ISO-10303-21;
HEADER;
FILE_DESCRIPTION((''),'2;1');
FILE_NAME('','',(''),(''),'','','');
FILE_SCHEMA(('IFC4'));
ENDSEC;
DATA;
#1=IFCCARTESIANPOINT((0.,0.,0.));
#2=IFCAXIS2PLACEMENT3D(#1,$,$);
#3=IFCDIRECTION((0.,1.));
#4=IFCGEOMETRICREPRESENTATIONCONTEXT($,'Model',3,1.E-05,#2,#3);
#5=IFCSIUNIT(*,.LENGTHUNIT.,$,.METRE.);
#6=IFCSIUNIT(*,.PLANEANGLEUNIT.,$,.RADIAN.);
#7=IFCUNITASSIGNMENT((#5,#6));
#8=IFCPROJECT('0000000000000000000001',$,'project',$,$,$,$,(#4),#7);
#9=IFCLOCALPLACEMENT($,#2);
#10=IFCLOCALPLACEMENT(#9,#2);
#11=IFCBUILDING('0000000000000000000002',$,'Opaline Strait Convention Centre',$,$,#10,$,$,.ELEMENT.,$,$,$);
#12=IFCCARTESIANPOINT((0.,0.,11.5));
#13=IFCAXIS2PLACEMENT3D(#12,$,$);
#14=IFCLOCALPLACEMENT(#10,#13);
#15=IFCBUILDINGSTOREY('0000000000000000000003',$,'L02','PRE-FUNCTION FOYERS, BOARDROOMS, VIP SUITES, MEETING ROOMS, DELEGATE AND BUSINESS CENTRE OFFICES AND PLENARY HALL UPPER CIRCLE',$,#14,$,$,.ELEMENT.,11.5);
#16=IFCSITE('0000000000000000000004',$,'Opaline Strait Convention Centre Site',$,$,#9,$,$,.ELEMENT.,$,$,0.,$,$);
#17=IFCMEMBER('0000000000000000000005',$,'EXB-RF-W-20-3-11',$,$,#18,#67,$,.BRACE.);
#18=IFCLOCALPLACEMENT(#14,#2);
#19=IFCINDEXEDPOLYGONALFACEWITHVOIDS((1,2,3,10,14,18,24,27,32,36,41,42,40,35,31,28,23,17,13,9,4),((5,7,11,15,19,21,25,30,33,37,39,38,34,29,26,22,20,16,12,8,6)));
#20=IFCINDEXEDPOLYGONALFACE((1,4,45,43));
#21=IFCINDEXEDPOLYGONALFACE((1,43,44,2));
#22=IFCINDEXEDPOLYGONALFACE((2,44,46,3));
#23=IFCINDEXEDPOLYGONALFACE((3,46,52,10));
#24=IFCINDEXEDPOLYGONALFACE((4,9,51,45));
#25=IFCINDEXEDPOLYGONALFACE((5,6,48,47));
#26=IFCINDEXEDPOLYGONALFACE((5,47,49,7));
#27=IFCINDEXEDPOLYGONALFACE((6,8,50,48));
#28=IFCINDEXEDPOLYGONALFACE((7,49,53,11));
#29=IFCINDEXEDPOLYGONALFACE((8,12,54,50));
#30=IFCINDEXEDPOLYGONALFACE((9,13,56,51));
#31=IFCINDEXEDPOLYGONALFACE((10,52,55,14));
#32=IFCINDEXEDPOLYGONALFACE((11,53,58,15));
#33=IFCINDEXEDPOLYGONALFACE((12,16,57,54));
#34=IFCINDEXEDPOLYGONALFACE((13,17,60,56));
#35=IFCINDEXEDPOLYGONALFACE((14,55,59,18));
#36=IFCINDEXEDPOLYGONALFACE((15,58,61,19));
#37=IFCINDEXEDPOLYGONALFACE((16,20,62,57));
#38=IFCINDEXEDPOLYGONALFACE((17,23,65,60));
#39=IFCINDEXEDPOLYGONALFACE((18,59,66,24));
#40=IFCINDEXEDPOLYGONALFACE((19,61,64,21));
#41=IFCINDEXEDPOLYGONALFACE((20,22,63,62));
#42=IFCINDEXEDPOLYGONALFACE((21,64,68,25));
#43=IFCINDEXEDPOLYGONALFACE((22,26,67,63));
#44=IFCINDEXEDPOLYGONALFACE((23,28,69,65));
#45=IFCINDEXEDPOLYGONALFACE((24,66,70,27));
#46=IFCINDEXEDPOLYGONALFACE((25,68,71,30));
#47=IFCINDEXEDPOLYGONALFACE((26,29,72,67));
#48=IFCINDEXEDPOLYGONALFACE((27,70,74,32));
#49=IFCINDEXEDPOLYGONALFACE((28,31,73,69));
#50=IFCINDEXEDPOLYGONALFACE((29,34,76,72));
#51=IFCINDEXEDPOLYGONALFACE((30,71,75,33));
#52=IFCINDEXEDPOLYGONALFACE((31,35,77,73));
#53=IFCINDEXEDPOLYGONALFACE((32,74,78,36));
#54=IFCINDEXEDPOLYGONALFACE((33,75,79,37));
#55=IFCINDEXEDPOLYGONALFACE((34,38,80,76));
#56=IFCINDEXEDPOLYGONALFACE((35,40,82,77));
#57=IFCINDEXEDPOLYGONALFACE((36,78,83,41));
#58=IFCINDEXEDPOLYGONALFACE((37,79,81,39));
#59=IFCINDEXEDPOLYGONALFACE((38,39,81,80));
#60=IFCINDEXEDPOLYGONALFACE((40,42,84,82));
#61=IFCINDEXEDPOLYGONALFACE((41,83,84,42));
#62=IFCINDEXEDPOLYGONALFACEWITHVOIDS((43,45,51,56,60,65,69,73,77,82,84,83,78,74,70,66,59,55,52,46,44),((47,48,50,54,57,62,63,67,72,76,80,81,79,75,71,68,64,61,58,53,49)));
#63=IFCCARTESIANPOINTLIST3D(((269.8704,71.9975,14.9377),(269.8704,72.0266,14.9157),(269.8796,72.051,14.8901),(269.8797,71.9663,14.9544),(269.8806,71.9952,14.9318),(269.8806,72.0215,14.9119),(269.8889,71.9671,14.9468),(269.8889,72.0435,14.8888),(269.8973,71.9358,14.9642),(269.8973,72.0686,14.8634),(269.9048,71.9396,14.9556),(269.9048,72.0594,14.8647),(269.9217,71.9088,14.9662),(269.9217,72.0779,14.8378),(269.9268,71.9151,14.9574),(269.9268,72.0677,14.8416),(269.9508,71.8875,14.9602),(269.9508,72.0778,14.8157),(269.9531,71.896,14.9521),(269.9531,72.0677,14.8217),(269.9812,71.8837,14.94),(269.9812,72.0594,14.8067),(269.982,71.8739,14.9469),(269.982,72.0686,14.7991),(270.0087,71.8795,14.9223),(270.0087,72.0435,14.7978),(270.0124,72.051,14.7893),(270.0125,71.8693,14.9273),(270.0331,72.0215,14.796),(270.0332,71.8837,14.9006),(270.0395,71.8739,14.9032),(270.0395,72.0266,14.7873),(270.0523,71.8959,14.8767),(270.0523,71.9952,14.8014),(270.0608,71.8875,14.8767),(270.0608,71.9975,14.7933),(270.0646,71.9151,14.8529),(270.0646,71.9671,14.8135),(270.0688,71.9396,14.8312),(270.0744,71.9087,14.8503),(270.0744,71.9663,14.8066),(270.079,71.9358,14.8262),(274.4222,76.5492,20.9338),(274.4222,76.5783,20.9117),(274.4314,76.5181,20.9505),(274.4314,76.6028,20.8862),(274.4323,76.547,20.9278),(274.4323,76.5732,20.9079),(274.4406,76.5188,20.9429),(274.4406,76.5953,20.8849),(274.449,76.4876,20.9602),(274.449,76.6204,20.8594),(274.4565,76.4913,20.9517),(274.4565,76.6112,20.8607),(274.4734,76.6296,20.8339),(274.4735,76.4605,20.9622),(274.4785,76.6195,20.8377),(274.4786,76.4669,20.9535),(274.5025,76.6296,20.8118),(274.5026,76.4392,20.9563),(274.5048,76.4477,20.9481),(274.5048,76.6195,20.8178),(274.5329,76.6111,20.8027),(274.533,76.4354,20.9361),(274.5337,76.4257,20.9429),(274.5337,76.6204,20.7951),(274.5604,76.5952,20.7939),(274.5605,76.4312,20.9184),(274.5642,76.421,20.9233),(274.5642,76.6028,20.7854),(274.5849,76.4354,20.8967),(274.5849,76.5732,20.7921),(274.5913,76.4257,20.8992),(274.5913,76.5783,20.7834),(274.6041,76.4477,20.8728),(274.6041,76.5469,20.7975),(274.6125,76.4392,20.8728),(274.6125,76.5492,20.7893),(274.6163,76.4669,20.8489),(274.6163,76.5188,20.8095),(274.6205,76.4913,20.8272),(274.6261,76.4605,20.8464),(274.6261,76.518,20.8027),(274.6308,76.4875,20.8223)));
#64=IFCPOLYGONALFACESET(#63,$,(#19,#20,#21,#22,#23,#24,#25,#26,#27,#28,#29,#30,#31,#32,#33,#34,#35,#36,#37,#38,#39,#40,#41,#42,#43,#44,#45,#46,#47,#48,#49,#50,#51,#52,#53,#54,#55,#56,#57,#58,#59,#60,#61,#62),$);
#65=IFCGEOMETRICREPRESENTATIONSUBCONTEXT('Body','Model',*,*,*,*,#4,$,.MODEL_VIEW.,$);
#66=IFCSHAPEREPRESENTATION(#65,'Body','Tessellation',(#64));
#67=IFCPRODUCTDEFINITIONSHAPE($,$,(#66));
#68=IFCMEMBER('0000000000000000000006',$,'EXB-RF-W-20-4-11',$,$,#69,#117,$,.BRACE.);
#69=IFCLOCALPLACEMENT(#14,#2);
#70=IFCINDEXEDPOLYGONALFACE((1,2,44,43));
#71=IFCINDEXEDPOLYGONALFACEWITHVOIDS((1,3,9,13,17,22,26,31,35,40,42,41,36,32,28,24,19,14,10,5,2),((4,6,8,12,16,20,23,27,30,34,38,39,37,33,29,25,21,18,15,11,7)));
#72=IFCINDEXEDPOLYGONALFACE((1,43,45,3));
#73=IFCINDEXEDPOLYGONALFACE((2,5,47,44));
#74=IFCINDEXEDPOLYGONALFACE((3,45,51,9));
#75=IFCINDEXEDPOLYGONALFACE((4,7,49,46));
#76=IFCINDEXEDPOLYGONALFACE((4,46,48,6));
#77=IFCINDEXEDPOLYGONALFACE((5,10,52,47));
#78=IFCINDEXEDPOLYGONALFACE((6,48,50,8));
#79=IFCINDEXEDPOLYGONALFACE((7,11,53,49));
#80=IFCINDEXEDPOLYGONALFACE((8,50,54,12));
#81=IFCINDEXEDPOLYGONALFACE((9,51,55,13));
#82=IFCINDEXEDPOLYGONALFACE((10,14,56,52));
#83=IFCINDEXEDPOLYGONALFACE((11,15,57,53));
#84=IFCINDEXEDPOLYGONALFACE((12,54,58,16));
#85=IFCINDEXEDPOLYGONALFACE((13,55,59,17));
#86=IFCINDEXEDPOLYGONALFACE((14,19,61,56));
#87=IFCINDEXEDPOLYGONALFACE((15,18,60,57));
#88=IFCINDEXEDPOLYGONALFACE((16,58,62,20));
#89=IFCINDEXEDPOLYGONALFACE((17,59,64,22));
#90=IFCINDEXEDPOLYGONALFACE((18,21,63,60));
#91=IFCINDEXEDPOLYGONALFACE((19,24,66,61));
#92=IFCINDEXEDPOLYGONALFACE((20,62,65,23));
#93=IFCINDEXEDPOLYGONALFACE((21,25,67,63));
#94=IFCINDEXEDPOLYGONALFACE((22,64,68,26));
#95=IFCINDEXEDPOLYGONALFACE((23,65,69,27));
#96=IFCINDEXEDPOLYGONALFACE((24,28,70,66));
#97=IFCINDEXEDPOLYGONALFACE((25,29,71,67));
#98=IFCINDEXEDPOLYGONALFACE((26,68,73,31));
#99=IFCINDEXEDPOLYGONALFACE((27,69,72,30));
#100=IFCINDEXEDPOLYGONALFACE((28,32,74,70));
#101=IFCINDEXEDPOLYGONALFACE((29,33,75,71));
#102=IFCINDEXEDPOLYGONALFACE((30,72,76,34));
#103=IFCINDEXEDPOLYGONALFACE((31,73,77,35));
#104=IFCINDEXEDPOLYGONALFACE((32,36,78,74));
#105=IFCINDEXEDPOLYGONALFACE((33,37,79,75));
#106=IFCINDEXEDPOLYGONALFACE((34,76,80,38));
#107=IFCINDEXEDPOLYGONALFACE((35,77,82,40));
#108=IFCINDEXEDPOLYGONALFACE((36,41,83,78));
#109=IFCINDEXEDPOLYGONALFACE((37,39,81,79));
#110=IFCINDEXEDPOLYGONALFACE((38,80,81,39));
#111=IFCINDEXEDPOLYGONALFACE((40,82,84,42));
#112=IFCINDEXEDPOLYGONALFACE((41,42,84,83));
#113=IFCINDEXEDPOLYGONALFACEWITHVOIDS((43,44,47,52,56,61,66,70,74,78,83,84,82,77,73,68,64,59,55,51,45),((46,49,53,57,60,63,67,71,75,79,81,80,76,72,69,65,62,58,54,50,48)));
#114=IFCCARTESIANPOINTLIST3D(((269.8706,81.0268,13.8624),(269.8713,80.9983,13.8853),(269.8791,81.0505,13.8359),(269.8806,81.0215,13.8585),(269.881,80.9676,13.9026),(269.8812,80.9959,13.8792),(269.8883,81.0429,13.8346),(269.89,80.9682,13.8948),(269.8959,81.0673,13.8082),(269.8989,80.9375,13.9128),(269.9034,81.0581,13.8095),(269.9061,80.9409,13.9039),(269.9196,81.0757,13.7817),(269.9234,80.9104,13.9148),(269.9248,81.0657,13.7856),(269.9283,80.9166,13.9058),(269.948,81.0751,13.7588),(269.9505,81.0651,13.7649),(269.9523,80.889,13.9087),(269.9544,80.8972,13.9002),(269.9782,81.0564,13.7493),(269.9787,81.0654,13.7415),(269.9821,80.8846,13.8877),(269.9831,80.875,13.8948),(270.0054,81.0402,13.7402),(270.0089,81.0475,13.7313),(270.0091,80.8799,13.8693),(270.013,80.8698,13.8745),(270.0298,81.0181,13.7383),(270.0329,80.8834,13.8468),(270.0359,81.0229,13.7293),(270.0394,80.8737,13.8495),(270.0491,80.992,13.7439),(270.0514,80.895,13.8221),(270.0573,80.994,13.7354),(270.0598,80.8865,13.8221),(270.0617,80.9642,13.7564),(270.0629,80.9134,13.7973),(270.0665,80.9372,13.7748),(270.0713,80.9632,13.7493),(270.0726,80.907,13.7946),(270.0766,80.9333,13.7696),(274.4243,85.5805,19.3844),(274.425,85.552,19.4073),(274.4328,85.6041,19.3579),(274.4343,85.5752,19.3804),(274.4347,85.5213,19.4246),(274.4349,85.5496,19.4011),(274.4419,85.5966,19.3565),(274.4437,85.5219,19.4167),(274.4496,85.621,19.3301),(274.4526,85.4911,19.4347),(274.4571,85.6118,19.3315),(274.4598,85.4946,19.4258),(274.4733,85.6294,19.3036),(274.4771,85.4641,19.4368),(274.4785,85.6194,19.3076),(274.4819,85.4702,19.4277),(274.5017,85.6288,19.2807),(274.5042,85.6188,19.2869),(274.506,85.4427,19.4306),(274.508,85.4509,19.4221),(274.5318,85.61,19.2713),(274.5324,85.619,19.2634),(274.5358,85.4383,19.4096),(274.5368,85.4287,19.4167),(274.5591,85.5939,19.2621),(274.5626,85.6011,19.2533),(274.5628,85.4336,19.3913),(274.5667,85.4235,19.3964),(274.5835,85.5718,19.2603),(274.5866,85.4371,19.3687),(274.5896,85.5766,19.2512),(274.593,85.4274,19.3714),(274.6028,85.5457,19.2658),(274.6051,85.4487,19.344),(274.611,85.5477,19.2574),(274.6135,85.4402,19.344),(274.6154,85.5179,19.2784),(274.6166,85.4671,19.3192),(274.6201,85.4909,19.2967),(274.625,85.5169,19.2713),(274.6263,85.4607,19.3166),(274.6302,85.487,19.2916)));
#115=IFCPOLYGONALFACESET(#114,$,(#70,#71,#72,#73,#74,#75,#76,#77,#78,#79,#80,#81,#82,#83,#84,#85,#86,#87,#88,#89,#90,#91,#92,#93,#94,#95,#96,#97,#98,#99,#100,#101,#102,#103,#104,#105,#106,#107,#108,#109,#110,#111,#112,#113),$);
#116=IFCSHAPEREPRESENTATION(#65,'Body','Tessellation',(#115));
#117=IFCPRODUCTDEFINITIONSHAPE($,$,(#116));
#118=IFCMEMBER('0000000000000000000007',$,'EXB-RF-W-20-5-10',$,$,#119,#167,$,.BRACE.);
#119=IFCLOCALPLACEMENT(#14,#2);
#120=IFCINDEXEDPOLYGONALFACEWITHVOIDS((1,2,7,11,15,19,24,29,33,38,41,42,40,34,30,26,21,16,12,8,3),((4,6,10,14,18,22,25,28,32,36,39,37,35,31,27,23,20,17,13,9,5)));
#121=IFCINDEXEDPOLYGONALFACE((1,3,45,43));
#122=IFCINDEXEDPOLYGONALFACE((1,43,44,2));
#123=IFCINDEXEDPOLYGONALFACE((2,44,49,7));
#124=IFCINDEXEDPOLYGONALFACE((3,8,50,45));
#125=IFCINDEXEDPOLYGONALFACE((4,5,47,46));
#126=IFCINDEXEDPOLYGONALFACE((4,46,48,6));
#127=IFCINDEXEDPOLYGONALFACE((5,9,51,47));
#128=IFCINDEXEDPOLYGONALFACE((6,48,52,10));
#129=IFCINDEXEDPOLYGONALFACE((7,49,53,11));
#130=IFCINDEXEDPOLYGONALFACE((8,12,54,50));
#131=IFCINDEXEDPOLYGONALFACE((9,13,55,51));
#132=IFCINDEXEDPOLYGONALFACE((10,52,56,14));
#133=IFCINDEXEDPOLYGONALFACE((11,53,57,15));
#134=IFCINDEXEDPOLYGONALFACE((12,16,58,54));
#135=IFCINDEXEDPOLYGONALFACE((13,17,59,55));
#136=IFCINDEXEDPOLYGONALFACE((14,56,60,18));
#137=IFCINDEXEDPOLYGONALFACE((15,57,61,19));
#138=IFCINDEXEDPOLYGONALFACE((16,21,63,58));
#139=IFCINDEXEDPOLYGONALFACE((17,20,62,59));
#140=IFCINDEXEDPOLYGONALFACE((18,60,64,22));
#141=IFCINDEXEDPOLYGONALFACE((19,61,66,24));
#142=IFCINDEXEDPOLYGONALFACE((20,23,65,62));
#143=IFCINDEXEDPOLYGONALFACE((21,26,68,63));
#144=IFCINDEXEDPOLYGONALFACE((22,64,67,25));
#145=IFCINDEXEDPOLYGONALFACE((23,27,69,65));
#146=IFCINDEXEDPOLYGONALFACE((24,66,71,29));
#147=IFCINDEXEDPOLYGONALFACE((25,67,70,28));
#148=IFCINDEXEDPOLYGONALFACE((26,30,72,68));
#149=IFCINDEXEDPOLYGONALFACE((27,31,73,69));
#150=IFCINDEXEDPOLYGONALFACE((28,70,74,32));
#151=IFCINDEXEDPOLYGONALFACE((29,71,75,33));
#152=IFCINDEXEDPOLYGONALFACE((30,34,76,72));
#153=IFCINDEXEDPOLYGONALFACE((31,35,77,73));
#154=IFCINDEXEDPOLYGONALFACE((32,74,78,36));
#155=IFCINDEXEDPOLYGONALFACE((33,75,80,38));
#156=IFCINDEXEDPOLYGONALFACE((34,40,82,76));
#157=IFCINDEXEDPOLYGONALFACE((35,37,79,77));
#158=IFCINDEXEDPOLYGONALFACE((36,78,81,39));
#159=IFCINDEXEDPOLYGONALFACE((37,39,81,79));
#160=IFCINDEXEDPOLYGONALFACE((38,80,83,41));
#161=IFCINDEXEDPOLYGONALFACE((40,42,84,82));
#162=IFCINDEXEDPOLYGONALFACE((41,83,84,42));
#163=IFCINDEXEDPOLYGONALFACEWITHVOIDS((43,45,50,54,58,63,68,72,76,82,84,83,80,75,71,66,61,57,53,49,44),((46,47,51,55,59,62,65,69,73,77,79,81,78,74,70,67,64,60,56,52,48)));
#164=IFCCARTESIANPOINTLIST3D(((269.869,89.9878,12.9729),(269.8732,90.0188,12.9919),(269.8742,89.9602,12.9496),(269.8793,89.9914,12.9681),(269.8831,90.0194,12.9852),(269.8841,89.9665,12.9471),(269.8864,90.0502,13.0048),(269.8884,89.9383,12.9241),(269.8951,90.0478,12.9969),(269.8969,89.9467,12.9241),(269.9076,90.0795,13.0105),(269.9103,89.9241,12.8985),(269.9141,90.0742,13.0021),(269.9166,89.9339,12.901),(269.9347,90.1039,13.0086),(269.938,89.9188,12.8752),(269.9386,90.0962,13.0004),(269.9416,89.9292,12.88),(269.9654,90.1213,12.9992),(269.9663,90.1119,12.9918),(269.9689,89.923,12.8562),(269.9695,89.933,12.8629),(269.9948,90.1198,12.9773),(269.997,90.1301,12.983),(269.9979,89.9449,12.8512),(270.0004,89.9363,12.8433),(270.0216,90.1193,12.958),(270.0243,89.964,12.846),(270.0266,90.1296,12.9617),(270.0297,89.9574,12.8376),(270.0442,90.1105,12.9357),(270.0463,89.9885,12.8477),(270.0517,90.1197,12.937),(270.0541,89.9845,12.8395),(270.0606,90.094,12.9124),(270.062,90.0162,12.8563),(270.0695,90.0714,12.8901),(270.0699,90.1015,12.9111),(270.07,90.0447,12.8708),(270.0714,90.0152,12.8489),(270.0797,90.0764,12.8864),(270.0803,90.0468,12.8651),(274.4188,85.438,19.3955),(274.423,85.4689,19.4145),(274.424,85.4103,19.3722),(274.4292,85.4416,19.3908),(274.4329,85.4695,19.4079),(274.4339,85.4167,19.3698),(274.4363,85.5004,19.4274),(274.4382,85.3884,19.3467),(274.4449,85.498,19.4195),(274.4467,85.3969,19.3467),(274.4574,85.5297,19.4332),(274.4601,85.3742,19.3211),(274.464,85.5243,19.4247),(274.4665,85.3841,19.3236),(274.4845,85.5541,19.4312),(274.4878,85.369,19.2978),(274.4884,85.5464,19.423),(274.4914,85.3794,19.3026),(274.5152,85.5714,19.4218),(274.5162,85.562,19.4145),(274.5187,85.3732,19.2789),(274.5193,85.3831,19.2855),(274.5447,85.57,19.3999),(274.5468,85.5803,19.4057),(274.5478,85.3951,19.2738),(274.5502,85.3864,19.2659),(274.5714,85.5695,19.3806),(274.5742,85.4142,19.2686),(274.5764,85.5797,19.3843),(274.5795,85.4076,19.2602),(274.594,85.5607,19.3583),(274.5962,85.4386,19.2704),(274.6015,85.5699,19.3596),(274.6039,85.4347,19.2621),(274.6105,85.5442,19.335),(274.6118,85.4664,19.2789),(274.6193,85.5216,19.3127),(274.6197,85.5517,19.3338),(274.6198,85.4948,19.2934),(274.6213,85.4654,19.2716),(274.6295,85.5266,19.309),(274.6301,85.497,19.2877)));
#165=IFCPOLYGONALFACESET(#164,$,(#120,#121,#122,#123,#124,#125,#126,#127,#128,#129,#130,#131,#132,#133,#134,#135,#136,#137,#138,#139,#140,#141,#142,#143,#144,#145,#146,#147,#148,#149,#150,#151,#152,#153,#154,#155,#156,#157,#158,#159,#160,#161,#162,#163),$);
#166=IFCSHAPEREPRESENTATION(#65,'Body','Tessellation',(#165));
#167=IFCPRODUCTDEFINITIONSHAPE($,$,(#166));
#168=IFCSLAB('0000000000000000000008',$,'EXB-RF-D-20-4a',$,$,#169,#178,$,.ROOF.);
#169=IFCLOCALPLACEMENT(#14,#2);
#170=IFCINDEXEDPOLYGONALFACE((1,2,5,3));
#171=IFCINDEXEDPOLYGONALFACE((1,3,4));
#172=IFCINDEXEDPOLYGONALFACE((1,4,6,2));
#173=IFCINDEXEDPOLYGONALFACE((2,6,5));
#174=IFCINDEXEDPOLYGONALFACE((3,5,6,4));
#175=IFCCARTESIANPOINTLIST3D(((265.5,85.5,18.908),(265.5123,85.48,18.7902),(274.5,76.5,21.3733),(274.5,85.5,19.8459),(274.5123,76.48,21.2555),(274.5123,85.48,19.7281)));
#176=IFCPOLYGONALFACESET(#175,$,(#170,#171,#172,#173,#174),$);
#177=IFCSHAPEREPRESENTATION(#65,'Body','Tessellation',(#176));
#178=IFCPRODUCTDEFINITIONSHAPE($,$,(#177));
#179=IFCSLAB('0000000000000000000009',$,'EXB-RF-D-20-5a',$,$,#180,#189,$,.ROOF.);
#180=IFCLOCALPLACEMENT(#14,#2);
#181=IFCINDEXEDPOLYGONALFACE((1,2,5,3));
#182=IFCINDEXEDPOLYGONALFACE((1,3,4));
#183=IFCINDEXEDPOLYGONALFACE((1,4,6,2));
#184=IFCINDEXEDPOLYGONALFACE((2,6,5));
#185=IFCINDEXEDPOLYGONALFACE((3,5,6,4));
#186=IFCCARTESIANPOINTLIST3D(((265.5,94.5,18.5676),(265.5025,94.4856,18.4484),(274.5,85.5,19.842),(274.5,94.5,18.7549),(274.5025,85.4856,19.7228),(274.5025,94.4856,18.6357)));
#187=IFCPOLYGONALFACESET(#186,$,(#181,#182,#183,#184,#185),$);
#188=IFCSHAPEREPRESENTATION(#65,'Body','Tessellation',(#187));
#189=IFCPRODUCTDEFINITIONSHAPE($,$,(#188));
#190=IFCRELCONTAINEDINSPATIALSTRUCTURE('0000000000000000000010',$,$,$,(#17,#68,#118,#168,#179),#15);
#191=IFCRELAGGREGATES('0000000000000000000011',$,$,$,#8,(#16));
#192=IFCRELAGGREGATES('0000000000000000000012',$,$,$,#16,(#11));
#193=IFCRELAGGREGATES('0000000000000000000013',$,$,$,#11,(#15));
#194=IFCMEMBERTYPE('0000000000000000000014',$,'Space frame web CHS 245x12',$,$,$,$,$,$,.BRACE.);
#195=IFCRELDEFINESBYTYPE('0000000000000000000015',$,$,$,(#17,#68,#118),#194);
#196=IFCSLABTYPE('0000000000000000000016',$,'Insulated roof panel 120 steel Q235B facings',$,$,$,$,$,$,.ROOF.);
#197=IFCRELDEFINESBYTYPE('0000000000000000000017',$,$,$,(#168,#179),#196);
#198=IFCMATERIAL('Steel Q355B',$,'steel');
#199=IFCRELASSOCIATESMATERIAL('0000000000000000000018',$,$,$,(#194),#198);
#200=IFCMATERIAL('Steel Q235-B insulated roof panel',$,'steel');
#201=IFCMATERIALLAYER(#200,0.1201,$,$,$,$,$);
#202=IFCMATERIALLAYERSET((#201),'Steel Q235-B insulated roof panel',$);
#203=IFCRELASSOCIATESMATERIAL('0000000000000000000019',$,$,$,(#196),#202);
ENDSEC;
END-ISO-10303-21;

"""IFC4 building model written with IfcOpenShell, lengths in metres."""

from ifc_helpers import new_model, si_unit, direction, frame, origin, origin_2d, place, context, subcontext, project, spatial, polyline, hollow_circle, outline, extrude, material, layer, layer_set, material_profile, profile_set, type_object, element, save


model = new_model("IFC4")

# Units and contexts
model_context = context("Model", 3, precision=1e-05, world=origin(), true_north=direction((0.0, 1.0)))
body_context = subcontext(model_context, "Body", "Model", "MODEL_VIEW")
ifc_project = project(units=[si_unit("LENGTHUNIT", "METRE"), si_unit("PLANEANGLEUNIT", "RADIAN")], contexts=[model_context])

# Site, building, storey
site_placement = place(None, origin())
site = spatial("IfcSite", under=ifc_project, at=site_placement, Name="Opaline Strait Convention Centre Site", CompositionType="ELEMENT", RefElevation=0.0)
building_placement = place(site_placement, origin())
building = spatial("IfcBuilding", under=site, at=building_placement, Name="Opaline Strait Convention Centre", CompositionType="ELEMENT")
storey_placement = place(building_placement, frame((0.0, 0.0, 11.5)))
storey = spatial("IfcBuildingStorey", under=building, at=storey_placement, Name="L02", Description="PRE-FUNCTION FOYERS, BOARDROOMS, VIP SUITES, MEETING ROOMS, DELEGATE AND BUSINESS CENTRE OFFICES AND PLENARY HALL UPPER CIRCLE", CompositionType="ELEMENT", Elevation=11.5)

# Members
ifc_material_1 = material(Name="Steel Q355B", Category="steel")
ifc_material_profile_1 = material_profile(ifc_material_1, hollow_circle(Radius=0.1226, WallThickness=0.012, at=origin_2d()), Name="CHS 245x12")
ifc_profile_set_1 = profile_set([ifc_material_profile_1], Name="Steel Q355B")
member_type_1 = type_object("IfcMemberType", Name="Space frame web CHS 245x12", PredefinedType="BRACE", material=ifc_profile_set_1)
member_1_placement = place(storey_placement, frame((274.5259, 76.5259, 20.8728), z_axis=(-0.517412, -0.517412, -0.681594), x_axis=(0.707107, -0.707107, 0.0)))
element("IfcMember", 1, at=member_1_placement, inside=storey, type_object=member_type_1, Name="EXB-RF-W-20-3-11", PredefinedType="BRACE", context=body_context, shape_type="SweptSolid", body=[
    extrude(hollow_circle(Radius=0.1226, WallThickness=0.012, at=origin_2d()), origin(), (0.0, 0.0, 1.0), 8.7971),
])
member_2_placement = place(storey_placement, frame((274.5269, 85.5269, 19.344), z_axis=(-0.536791, -0.536791, -0.65093), x_axis=(0.707107, -0.707107, 0.0)))
element("IfcMember", 2, at=member_2_placement, inside=storey, type_object=member_type_1, Name="EXB-RF-W-20-4-11", PredefinedType="BRACE", context=body_context, shape_type="SweptSolid", body=[
    extrude(hollow_circle(Radius=0.1226, WallThickness=0.012, at=origin_2d()), origin(), (0.0, 0.0, 1.0), 8.4832),
])
member_3_placement = place(storey_placement, frame((274.5249, 85.4751, 19.3467), z_axis=(-0.500458, 0.500458, -0.706458), x_axis=(-0.707107, -0.707107, 0.0)))
element("IfcMember", 3, at=member_3_placement, inside=storey, type_object=member_type_1, Name="EXB-RF-W-20-5-10", PredefinedType="BRACE", context=body_context, shape_type="SweptSolid", body=[
    extrude(hollow_circle(Radius=0.1226, WallThickness=0.012, at=origin_2d()), origin(), (0.0, 0.0, 1.0), 9.0913),
])

# Slabs
ifc_material_2 = material(Name="Steel Q235-B insulated roof panel", Category="steel")
ifc_layer_1 = layer(ifc_material_2, 0.1201)
ifc_layer_set_1 = layer_set([ifc_layer_1], Name="Steel Q235-B insulated roof panel")
slab_type = type_object("IfcSlabType", Name="Insulated roof panel 120 steel Q235B facings", PredefinedType="ROOF", material=ifc_layer_set_1)
slab_1_placement = place(storey_placement, frame((274.5, 76.5, 21.3733), z_axis=(-0.102214, 0.166436, 0.98074), x_axis=(0.0, 0.985904, -0.167313)))
element("IfcSlab", 4, at=slab_1_placement, inside=storey, type_object=slab_type, Name="EXB-RF-D-20-4a", PredefinedType="ROOF", context=body_context, shape_type="SweptSolid", body=[
    extrude(outline(polyline([(0.0, 0.0), (9.1287, 0.0), (9.2856, 9.0474), (0.0, 0.0)])), origin(), (0.0, 0.0, -1.0), 0.1201),
])
slab_2_placement = place(storey_placement, frame((274.5, 85.5, 19.842), z_axis=(-0.020652, 0.119898, 0.992571), x_axis=(0.0, 0.992783, -0.119924)))
element("IfcSlab", 5, at=slab_2_placement, inside=storey, type_object=slab_type, Name="EXB-RF-D-20-5a", PredefinedType="ROOF", context=body_context, shape_type="SweptSolid", body=[
    extrude(outline(polyline([(0.0, 0.0), (9.0654, 0.0), (9.0879, 9.0019), (0.0, 0.0)])), origin(), (0.0, 0.0, -1.0), 0.1201),
])

save(model, "model.ifc")
